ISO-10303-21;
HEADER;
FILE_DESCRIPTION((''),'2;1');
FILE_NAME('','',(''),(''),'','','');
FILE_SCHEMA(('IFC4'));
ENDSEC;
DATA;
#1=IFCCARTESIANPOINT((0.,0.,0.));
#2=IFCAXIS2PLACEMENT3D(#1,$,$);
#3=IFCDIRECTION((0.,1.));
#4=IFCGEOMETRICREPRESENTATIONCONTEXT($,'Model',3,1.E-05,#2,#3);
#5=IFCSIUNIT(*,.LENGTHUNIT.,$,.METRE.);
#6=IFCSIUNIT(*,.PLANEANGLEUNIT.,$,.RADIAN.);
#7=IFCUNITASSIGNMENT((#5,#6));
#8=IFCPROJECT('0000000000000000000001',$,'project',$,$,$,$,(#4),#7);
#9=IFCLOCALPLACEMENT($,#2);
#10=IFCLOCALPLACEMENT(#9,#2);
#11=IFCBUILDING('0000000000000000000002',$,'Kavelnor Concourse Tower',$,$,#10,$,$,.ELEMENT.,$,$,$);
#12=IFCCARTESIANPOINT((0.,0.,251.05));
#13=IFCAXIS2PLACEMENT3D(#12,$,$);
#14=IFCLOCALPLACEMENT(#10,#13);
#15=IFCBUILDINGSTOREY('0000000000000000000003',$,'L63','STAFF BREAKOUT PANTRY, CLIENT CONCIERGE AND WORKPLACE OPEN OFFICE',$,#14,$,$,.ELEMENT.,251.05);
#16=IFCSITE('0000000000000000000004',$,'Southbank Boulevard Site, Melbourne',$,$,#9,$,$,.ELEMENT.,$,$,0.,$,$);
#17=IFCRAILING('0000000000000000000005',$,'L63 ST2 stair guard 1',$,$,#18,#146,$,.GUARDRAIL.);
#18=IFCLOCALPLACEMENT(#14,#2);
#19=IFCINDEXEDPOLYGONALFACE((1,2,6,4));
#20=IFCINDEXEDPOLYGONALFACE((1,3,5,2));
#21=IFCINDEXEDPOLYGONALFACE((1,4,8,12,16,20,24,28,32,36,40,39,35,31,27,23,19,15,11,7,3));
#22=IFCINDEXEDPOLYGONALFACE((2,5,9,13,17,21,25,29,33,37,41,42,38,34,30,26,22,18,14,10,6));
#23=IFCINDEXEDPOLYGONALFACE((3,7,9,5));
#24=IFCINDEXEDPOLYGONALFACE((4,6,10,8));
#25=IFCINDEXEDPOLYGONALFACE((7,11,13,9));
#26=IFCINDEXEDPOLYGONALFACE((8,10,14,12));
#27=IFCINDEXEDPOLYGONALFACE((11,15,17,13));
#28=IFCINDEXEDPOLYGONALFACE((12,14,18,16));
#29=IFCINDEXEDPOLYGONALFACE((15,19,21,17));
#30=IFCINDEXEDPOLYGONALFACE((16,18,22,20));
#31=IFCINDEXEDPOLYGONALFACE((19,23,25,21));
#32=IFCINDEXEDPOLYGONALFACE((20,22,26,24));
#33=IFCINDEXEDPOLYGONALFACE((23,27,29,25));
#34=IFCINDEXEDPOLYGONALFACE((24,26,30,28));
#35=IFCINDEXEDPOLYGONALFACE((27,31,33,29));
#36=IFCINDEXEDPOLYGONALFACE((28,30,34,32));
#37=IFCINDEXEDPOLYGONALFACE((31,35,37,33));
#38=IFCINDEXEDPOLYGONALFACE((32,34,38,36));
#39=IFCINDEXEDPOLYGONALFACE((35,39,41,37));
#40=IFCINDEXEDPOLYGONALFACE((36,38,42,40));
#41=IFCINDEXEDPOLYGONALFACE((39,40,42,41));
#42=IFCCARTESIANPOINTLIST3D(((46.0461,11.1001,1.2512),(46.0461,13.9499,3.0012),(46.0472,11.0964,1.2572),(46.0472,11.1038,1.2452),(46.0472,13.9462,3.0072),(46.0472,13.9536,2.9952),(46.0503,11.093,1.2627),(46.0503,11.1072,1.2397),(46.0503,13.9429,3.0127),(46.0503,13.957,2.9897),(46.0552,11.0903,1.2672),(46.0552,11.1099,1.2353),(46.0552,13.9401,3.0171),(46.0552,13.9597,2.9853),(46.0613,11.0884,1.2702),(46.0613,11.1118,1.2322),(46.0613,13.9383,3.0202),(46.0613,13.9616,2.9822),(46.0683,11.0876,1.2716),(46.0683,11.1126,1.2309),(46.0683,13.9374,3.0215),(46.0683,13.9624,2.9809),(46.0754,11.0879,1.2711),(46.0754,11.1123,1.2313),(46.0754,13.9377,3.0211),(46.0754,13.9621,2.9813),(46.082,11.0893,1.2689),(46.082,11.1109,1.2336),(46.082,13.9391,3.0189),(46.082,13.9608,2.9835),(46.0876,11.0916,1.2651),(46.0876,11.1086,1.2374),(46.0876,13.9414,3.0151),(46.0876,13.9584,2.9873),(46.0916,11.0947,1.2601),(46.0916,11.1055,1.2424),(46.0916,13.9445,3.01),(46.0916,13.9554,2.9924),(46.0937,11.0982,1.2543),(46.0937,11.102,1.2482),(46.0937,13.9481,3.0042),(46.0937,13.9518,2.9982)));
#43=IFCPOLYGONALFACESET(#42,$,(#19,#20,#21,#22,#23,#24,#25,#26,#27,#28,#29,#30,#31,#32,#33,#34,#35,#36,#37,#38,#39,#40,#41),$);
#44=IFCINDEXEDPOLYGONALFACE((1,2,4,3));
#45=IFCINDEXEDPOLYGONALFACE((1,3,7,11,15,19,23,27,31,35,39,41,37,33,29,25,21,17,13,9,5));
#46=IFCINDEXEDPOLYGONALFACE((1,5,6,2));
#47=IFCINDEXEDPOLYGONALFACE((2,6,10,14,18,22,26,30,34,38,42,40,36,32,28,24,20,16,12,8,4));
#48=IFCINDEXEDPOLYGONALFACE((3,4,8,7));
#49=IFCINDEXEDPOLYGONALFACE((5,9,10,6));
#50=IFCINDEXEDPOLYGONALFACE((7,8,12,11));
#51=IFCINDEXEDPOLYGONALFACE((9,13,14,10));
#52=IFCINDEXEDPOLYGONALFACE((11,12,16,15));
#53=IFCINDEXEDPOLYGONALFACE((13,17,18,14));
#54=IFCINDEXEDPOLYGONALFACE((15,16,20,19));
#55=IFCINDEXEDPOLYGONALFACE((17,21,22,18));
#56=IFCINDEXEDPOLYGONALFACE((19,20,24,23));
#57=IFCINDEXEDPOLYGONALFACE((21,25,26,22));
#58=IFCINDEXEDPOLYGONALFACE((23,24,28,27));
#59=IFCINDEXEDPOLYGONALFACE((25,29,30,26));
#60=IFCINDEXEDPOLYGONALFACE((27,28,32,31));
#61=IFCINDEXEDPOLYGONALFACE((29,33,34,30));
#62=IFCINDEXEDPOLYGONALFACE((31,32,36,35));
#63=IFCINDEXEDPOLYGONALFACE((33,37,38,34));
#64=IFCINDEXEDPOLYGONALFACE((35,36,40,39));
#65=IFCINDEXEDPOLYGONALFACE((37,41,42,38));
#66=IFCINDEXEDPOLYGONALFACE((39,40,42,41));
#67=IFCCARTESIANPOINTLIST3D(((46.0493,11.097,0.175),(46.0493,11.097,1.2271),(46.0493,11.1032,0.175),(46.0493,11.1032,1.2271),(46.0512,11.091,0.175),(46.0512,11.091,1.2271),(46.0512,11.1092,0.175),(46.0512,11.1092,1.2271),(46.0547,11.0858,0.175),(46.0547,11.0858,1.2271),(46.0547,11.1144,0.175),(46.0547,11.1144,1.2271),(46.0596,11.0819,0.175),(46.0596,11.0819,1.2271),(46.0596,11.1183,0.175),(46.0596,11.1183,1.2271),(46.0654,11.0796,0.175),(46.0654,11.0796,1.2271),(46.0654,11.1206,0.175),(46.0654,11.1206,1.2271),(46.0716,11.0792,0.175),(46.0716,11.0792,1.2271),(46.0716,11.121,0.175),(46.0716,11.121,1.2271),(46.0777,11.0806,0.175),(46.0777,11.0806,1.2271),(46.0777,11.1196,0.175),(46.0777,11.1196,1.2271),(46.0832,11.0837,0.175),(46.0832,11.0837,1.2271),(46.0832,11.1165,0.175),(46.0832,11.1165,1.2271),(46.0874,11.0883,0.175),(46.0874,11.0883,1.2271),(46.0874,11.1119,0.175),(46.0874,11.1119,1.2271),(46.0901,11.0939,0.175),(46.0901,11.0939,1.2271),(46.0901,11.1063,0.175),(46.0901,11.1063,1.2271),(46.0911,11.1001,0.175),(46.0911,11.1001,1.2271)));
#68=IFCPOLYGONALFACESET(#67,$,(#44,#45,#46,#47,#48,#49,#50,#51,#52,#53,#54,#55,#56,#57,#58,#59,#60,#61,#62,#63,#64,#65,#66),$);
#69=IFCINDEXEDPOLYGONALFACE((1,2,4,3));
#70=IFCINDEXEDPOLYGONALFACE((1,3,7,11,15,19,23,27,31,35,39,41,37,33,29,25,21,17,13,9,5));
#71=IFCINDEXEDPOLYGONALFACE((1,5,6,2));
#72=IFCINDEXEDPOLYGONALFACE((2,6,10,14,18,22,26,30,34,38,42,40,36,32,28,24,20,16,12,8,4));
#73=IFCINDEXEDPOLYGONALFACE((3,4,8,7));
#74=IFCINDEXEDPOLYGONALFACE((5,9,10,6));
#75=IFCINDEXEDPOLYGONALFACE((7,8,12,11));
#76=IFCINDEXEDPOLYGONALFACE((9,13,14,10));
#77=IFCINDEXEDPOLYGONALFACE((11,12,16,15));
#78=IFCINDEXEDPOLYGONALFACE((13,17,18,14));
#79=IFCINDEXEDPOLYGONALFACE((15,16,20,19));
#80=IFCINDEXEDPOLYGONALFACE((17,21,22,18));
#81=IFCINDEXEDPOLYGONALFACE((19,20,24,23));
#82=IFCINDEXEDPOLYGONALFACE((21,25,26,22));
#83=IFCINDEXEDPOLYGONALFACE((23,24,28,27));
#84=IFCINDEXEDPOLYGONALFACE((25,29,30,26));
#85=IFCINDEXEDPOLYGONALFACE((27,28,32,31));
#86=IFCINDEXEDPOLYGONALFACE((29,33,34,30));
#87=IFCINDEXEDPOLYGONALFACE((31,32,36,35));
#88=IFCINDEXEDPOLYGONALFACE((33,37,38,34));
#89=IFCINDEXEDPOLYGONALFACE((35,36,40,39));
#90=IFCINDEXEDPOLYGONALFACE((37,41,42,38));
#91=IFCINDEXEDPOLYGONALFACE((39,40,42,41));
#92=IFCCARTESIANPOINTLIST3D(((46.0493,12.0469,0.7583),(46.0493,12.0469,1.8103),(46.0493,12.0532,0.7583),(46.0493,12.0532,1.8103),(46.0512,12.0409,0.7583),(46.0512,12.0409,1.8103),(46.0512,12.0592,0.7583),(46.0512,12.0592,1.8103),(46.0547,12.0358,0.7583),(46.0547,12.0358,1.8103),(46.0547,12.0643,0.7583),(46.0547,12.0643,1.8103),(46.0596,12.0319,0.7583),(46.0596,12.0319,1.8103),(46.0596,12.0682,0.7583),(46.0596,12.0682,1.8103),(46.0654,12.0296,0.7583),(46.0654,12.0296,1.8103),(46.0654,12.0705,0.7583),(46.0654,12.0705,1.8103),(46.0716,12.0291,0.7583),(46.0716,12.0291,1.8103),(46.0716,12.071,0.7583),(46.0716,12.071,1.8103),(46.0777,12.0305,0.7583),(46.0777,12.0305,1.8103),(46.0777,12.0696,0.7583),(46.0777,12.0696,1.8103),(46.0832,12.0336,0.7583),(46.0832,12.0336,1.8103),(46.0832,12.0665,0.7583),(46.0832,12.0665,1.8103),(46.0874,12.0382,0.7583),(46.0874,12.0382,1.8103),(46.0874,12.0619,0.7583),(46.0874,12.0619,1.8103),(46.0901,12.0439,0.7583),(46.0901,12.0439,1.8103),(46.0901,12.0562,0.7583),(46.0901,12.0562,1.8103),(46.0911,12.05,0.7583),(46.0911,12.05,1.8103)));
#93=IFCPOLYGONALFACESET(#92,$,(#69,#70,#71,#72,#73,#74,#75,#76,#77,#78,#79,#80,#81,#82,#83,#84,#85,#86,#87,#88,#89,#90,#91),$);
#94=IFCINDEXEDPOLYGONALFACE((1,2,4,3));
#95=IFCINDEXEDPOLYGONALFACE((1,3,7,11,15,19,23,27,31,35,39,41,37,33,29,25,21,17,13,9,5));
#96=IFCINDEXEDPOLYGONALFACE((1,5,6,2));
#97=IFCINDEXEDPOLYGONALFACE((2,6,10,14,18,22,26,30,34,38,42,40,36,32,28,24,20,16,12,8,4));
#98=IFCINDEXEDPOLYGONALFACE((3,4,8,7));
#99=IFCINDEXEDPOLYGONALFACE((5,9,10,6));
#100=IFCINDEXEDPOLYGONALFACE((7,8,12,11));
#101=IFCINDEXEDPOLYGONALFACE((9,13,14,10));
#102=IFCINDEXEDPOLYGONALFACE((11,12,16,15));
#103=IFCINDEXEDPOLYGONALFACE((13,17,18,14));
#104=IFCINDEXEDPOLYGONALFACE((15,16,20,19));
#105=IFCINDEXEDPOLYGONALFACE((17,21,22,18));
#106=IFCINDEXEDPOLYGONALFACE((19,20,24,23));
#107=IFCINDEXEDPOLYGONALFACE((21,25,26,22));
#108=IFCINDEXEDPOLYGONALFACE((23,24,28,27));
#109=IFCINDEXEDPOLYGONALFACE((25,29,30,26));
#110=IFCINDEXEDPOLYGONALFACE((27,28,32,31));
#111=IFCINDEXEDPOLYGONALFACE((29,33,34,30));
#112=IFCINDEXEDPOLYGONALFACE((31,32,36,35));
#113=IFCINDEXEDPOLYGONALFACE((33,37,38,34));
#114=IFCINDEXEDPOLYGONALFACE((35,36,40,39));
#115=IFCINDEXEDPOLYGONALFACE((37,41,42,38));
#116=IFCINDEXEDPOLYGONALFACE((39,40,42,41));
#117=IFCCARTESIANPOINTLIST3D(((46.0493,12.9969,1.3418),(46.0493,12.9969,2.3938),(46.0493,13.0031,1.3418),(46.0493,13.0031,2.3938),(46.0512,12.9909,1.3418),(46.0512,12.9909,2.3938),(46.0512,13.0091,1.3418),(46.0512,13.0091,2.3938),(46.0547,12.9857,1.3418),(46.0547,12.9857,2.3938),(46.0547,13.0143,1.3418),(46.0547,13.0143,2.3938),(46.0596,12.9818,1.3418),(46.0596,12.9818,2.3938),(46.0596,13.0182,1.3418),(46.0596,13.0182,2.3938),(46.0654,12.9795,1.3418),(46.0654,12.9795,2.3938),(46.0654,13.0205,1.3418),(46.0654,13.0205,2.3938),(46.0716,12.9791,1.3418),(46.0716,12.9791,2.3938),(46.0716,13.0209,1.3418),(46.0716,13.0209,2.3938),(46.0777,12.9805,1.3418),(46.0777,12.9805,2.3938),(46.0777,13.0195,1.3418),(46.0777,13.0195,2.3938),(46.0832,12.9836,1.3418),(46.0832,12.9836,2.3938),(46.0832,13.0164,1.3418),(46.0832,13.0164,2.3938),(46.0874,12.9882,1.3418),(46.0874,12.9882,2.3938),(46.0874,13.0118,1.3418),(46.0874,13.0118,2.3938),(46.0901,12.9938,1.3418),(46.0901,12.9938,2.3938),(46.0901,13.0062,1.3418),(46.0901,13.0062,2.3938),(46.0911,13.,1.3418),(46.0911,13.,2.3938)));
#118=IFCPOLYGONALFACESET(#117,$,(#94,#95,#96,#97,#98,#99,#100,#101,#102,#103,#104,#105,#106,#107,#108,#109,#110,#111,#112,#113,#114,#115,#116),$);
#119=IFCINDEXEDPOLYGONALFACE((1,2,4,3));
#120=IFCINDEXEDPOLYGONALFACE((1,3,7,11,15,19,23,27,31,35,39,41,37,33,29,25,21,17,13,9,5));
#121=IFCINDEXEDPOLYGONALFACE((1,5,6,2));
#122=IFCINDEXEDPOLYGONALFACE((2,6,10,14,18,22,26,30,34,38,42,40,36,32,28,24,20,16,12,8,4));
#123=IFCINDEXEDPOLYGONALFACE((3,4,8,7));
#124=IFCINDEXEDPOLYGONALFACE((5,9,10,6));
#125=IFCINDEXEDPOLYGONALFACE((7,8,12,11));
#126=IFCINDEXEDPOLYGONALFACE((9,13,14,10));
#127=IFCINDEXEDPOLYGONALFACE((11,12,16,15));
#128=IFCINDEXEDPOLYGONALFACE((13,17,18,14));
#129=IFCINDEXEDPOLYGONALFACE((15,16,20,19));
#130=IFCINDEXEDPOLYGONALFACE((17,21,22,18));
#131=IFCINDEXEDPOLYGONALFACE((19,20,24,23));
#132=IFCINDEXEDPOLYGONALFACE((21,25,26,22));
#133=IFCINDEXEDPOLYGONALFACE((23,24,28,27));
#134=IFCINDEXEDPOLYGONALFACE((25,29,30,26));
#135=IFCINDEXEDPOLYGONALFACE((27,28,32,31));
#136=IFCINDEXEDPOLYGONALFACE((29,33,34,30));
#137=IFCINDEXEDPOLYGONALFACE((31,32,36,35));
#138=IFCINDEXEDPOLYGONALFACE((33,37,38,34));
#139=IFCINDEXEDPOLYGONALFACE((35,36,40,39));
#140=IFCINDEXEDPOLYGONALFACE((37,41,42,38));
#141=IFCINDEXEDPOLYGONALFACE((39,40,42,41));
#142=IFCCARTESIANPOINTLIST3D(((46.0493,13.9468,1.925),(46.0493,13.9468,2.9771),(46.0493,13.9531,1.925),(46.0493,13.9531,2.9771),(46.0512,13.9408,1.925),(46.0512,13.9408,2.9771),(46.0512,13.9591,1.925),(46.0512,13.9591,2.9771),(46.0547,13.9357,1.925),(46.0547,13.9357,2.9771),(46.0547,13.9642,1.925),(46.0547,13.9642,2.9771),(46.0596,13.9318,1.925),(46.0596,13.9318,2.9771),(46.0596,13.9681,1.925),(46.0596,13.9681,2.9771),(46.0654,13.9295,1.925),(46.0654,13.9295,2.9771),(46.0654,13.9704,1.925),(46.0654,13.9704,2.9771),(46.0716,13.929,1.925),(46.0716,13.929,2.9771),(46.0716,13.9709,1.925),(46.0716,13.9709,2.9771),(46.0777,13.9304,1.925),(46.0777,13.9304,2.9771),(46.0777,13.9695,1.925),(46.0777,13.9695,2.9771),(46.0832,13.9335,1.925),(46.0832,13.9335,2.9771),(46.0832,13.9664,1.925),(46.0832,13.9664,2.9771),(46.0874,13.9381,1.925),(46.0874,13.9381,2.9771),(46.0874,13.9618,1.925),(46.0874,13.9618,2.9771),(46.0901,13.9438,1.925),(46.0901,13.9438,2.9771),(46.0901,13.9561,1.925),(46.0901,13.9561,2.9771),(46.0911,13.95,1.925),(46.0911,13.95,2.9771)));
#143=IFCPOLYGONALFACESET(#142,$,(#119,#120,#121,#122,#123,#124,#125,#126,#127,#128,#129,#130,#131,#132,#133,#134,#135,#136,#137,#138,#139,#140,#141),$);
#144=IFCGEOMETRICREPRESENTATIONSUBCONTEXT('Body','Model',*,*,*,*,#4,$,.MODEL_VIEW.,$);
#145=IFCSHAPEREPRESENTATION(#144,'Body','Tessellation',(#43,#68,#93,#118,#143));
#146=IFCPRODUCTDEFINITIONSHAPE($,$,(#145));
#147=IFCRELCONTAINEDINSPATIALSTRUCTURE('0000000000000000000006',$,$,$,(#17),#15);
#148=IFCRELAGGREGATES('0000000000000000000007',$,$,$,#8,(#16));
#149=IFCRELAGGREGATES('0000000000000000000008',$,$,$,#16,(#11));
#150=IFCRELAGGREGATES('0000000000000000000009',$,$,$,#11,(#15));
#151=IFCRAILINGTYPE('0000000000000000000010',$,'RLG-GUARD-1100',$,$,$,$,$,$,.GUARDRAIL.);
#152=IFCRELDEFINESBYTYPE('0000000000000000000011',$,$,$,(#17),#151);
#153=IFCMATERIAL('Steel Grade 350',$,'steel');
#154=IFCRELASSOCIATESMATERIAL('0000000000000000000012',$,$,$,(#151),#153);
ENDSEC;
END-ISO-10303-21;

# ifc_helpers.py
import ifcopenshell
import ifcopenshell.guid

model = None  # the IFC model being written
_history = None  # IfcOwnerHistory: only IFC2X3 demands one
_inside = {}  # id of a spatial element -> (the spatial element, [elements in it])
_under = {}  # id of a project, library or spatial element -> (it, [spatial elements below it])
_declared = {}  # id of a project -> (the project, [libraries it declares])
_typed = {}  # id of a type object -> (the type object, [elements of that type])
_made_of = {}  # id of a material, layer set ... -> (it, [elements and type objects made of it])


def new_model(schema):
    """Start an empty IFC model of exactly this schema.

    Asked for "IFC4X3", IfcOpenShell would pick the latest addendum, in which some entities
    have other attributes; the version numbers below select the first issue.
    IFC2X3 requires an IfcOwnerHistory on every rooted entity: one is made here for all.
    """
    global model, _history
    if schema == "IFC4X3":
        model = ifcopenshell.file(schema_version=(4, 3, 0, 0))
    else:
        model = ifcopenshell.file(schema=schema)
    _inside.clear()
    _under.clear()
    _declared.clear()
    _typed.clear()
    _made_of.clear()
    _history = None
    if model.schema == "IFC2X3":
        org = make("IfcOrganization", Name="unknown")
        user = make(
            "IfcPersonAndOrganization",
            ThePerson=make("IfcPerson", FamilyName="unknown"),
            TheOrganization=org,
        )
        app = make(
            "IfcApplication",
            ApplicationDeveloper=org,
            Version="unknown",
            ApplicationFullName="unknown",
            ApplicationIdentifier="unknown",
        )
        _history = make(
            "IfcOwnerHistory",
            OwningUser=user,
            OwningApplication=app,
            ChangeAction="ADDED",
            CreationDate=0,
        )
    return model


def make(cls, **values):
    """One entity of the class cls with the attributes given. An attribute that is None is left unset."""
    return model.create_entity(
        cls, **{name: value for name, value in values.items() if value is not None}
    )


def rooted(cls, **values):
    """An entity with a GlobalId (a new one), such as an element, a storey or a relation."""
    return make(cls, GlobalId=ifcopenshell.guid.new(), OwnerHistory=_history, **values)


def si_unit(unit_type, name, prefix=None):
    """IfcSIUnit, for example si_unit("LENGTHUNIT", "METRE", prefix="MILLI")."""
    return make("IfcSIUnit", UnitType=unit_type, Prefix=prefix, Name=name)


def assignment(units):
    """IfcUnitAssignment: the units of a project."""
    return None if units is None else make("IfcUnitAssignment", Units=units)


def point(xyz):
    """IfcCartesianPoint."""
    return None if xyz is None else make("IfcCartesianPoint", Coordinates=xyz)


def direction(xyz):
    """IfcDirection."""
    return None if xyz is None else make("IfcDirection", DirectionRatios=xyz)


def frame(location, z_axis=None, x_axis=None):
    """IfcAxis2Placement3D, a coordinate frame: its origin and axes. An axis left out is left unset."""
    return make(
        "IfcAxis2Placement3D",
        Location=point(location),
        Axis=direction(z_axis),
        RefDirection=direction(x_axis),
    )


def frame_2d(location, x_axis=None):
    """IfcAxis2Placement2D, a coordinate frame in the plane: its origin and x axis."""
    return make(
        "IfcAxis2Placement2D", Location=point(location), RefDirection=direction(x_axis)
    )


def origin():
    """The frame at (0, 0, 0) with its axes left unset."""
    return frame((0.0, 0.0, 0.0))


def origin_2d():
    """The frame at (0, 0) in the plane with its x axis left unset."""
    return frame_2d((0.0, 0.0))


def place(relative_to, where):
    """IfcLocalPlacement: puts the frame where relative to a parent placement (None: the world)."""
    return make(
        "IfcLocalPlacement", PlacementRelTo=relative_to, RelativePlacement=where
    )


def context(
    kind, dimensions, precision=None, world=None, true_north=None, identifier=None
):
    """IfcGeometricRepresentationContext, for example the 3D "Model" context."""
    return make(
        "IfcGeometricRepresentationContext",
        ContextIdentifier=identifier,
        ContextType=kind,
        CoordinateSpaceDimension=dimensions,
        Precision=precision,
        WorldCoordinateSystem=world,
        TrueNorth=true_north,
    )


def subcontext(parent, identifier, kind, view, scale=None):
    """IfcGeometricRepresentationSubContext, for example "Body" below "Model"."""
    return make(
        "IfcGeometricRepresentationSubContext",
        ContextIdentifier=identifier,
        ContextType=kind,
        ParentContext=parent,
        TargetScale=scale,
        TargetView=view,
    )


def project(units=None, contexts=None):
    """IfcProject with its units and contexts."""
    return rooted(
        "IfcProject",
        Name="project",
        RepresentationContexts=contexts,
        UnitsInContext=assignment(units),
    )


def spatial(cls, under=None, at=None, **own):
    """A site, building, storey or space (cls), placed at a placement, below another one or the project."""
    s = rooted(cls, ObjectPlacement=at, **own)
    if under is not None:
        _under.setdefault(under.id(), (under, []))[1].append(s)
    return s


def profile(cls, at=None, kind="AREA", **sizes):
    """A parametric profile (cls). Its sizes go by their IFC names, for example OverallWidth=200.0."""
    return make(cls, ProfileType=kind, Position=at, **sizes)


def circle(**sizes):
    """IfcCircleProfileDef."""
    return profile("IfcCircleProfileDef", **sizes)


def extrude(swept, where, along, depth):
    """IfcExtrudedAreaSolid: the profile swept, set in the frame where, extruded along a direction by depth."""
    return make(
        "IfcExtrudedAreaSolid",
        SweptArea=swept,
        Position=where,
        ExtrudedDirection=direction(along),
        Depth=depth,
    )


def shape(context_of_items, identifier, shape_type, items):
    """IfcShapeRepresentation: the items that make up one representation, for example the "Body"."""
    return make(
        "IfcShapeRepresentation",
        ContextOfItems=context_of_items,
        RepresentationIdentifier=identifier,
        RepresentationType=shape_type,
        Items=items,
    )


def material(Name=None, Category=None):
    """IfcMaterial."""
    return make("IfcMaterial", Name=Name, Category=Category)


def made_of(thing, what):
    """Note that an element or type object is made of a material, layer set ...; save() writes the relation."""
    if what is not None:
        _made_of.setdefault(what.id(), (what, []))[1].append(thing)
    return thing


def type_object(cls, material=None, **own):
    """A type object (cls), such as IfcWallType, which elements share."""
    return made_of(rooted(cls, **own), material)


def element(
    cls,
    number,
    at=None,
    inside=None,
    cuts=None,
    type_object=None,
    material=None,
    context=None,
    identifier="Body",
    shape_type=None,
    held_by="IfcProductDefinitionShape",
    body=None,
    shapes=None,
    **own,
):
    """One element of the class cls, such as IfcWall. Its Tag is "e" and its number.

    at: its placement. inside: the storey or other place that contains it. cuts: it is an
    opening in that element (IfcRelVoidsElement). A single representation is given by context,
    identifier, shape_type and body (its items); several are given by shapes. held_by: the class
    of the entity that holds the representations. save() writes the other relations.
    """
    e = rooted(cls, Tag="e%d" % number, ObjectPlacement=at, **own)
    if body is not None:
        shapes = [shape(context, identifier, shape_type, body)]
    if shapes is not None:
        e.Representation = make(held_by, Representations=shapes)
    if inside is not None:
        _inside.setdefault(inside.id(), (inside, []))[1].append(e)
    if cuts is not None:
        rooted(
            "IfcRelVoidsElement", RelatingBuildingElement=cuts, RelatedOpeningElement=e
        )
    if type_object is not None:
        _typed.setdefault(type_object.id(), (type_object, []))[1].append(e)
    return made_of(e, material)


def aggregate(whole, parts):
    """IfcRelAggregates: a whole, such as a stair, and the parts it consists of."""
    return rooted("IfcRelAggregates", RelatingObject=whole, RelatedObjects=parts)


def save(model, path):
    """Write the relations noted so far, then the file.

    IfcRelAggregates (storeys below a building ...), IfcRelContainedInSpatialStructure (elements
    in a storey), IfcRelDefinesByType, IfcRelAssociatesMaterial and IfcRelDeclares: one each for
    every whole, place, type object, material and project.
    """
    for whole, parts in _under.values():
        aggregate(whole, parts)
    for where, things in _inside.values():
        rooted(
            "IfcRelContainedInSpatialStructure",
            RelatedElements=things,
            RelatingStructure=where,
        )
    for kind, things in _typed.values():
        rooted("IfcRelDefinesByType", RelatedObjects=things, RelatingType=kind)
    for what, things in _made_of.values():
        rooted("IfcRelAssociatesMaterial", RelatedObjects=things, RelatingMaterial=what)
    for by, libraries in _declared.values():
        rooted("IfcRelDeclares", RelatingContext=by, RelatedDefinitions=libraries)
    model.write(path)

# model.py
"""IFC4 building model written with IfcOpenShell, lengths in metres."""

from ifc_helpers import new_model, si_unit, direction, frame, origin, origin_2d, place, context, subcontext, project, spatial, circle, extrude, material, type_object, element, save


model = new_model("IFC4")

# Units and contexts
model_context = context("Model", 3, precision=1e-05, world=origin(), true_north=direction((0.0, 1.0)))
body_context = subcontext(model_context, "Body", "Model", "MODEL_VIEW")
ifc_project = project(units=[si_unit("LENGTHUNIT", "METRE"), si_unit("PLANEANGLEUNIT", "RADIAN")], contexts=[model_context])

# Site, building, storey
site_placement = place(None, origin())
site = spatial("IfcSite", under=ifc_project, at=site_placement, Name="Southbank Boulevard Site, Melbourne", CompositionType="ELEMENT", RefElevation=0.0)
building_placement = place(site_placement, origin())
building = spatial("IfcBuilding", under=site, at=building_placement, Name="Kavelnor Concourse Tower", CompositionType="ELEMENT")
storey_placement = place(building_placement, frame((0.0, 0.0, 251.05)))
storey = spatial("IfcBuildingStorey", under=building, at=storey_placement, Name="L63", Description="STAFF BREAKOUT PANTRY, CLIENT CONCIERGE AND WORKPLACE OPEN OFFICE", CompositionType="ELEMENT", Elevation=251.05)

# Shared definitions
ifc_material_1 = material(Name="Steel Grade 350", Category="steel")

# Railing
railing_type_1 = type_object("IfcRailingType", Name="RLG-GUARD-1100", PredefinedType="GUARDRAIL", material=ifc_material_1)
railing_1_placement = place(storey_placement, frame((46.0701, 11.1001, 0.175)))
element("IfcRailing", 1, at=railing_1_placement, inside=storey, type_object=railing_type_1, Name="L63 ST2 stair guard 1", PredefinedType="GUARDRAIL", context=body_context, shape_type="SweptSolid", body=[
    extrude(circle(Radius=0.0239, at=origin_2d()), frame((0.0, 0.0, 1.0762), z_axis=(0.0, 0.852159, 0.523283), x_axis=(-1.0, 0.0, 0.0)), (0.0, 0.0, 1.0), 3.3442),
    extrude(circle(Radius=0.021, at=origin_2d()), origin(), (0.0, 0.0, 1.0), 1.052),
    extrude(circle(Radius=0.021, at=origin_2d()), frame((0.0, 0.95, 0.5833)), (0.0, 0.0, 1.0), 1.052),
    extrude(circle(Radius=0.021, at=origin_2d()), frame((0.0, 1.8999, 1.1667)), (0.0, 0.0, 1.0), 1.052),
    extrude(circle(Radius=0.021, at=origin_2d()), frame((0.0, 2.8499, 1.75)), (0.0, 0.0, 1.0), 1.052),
])

save(model, "model.ifc")
